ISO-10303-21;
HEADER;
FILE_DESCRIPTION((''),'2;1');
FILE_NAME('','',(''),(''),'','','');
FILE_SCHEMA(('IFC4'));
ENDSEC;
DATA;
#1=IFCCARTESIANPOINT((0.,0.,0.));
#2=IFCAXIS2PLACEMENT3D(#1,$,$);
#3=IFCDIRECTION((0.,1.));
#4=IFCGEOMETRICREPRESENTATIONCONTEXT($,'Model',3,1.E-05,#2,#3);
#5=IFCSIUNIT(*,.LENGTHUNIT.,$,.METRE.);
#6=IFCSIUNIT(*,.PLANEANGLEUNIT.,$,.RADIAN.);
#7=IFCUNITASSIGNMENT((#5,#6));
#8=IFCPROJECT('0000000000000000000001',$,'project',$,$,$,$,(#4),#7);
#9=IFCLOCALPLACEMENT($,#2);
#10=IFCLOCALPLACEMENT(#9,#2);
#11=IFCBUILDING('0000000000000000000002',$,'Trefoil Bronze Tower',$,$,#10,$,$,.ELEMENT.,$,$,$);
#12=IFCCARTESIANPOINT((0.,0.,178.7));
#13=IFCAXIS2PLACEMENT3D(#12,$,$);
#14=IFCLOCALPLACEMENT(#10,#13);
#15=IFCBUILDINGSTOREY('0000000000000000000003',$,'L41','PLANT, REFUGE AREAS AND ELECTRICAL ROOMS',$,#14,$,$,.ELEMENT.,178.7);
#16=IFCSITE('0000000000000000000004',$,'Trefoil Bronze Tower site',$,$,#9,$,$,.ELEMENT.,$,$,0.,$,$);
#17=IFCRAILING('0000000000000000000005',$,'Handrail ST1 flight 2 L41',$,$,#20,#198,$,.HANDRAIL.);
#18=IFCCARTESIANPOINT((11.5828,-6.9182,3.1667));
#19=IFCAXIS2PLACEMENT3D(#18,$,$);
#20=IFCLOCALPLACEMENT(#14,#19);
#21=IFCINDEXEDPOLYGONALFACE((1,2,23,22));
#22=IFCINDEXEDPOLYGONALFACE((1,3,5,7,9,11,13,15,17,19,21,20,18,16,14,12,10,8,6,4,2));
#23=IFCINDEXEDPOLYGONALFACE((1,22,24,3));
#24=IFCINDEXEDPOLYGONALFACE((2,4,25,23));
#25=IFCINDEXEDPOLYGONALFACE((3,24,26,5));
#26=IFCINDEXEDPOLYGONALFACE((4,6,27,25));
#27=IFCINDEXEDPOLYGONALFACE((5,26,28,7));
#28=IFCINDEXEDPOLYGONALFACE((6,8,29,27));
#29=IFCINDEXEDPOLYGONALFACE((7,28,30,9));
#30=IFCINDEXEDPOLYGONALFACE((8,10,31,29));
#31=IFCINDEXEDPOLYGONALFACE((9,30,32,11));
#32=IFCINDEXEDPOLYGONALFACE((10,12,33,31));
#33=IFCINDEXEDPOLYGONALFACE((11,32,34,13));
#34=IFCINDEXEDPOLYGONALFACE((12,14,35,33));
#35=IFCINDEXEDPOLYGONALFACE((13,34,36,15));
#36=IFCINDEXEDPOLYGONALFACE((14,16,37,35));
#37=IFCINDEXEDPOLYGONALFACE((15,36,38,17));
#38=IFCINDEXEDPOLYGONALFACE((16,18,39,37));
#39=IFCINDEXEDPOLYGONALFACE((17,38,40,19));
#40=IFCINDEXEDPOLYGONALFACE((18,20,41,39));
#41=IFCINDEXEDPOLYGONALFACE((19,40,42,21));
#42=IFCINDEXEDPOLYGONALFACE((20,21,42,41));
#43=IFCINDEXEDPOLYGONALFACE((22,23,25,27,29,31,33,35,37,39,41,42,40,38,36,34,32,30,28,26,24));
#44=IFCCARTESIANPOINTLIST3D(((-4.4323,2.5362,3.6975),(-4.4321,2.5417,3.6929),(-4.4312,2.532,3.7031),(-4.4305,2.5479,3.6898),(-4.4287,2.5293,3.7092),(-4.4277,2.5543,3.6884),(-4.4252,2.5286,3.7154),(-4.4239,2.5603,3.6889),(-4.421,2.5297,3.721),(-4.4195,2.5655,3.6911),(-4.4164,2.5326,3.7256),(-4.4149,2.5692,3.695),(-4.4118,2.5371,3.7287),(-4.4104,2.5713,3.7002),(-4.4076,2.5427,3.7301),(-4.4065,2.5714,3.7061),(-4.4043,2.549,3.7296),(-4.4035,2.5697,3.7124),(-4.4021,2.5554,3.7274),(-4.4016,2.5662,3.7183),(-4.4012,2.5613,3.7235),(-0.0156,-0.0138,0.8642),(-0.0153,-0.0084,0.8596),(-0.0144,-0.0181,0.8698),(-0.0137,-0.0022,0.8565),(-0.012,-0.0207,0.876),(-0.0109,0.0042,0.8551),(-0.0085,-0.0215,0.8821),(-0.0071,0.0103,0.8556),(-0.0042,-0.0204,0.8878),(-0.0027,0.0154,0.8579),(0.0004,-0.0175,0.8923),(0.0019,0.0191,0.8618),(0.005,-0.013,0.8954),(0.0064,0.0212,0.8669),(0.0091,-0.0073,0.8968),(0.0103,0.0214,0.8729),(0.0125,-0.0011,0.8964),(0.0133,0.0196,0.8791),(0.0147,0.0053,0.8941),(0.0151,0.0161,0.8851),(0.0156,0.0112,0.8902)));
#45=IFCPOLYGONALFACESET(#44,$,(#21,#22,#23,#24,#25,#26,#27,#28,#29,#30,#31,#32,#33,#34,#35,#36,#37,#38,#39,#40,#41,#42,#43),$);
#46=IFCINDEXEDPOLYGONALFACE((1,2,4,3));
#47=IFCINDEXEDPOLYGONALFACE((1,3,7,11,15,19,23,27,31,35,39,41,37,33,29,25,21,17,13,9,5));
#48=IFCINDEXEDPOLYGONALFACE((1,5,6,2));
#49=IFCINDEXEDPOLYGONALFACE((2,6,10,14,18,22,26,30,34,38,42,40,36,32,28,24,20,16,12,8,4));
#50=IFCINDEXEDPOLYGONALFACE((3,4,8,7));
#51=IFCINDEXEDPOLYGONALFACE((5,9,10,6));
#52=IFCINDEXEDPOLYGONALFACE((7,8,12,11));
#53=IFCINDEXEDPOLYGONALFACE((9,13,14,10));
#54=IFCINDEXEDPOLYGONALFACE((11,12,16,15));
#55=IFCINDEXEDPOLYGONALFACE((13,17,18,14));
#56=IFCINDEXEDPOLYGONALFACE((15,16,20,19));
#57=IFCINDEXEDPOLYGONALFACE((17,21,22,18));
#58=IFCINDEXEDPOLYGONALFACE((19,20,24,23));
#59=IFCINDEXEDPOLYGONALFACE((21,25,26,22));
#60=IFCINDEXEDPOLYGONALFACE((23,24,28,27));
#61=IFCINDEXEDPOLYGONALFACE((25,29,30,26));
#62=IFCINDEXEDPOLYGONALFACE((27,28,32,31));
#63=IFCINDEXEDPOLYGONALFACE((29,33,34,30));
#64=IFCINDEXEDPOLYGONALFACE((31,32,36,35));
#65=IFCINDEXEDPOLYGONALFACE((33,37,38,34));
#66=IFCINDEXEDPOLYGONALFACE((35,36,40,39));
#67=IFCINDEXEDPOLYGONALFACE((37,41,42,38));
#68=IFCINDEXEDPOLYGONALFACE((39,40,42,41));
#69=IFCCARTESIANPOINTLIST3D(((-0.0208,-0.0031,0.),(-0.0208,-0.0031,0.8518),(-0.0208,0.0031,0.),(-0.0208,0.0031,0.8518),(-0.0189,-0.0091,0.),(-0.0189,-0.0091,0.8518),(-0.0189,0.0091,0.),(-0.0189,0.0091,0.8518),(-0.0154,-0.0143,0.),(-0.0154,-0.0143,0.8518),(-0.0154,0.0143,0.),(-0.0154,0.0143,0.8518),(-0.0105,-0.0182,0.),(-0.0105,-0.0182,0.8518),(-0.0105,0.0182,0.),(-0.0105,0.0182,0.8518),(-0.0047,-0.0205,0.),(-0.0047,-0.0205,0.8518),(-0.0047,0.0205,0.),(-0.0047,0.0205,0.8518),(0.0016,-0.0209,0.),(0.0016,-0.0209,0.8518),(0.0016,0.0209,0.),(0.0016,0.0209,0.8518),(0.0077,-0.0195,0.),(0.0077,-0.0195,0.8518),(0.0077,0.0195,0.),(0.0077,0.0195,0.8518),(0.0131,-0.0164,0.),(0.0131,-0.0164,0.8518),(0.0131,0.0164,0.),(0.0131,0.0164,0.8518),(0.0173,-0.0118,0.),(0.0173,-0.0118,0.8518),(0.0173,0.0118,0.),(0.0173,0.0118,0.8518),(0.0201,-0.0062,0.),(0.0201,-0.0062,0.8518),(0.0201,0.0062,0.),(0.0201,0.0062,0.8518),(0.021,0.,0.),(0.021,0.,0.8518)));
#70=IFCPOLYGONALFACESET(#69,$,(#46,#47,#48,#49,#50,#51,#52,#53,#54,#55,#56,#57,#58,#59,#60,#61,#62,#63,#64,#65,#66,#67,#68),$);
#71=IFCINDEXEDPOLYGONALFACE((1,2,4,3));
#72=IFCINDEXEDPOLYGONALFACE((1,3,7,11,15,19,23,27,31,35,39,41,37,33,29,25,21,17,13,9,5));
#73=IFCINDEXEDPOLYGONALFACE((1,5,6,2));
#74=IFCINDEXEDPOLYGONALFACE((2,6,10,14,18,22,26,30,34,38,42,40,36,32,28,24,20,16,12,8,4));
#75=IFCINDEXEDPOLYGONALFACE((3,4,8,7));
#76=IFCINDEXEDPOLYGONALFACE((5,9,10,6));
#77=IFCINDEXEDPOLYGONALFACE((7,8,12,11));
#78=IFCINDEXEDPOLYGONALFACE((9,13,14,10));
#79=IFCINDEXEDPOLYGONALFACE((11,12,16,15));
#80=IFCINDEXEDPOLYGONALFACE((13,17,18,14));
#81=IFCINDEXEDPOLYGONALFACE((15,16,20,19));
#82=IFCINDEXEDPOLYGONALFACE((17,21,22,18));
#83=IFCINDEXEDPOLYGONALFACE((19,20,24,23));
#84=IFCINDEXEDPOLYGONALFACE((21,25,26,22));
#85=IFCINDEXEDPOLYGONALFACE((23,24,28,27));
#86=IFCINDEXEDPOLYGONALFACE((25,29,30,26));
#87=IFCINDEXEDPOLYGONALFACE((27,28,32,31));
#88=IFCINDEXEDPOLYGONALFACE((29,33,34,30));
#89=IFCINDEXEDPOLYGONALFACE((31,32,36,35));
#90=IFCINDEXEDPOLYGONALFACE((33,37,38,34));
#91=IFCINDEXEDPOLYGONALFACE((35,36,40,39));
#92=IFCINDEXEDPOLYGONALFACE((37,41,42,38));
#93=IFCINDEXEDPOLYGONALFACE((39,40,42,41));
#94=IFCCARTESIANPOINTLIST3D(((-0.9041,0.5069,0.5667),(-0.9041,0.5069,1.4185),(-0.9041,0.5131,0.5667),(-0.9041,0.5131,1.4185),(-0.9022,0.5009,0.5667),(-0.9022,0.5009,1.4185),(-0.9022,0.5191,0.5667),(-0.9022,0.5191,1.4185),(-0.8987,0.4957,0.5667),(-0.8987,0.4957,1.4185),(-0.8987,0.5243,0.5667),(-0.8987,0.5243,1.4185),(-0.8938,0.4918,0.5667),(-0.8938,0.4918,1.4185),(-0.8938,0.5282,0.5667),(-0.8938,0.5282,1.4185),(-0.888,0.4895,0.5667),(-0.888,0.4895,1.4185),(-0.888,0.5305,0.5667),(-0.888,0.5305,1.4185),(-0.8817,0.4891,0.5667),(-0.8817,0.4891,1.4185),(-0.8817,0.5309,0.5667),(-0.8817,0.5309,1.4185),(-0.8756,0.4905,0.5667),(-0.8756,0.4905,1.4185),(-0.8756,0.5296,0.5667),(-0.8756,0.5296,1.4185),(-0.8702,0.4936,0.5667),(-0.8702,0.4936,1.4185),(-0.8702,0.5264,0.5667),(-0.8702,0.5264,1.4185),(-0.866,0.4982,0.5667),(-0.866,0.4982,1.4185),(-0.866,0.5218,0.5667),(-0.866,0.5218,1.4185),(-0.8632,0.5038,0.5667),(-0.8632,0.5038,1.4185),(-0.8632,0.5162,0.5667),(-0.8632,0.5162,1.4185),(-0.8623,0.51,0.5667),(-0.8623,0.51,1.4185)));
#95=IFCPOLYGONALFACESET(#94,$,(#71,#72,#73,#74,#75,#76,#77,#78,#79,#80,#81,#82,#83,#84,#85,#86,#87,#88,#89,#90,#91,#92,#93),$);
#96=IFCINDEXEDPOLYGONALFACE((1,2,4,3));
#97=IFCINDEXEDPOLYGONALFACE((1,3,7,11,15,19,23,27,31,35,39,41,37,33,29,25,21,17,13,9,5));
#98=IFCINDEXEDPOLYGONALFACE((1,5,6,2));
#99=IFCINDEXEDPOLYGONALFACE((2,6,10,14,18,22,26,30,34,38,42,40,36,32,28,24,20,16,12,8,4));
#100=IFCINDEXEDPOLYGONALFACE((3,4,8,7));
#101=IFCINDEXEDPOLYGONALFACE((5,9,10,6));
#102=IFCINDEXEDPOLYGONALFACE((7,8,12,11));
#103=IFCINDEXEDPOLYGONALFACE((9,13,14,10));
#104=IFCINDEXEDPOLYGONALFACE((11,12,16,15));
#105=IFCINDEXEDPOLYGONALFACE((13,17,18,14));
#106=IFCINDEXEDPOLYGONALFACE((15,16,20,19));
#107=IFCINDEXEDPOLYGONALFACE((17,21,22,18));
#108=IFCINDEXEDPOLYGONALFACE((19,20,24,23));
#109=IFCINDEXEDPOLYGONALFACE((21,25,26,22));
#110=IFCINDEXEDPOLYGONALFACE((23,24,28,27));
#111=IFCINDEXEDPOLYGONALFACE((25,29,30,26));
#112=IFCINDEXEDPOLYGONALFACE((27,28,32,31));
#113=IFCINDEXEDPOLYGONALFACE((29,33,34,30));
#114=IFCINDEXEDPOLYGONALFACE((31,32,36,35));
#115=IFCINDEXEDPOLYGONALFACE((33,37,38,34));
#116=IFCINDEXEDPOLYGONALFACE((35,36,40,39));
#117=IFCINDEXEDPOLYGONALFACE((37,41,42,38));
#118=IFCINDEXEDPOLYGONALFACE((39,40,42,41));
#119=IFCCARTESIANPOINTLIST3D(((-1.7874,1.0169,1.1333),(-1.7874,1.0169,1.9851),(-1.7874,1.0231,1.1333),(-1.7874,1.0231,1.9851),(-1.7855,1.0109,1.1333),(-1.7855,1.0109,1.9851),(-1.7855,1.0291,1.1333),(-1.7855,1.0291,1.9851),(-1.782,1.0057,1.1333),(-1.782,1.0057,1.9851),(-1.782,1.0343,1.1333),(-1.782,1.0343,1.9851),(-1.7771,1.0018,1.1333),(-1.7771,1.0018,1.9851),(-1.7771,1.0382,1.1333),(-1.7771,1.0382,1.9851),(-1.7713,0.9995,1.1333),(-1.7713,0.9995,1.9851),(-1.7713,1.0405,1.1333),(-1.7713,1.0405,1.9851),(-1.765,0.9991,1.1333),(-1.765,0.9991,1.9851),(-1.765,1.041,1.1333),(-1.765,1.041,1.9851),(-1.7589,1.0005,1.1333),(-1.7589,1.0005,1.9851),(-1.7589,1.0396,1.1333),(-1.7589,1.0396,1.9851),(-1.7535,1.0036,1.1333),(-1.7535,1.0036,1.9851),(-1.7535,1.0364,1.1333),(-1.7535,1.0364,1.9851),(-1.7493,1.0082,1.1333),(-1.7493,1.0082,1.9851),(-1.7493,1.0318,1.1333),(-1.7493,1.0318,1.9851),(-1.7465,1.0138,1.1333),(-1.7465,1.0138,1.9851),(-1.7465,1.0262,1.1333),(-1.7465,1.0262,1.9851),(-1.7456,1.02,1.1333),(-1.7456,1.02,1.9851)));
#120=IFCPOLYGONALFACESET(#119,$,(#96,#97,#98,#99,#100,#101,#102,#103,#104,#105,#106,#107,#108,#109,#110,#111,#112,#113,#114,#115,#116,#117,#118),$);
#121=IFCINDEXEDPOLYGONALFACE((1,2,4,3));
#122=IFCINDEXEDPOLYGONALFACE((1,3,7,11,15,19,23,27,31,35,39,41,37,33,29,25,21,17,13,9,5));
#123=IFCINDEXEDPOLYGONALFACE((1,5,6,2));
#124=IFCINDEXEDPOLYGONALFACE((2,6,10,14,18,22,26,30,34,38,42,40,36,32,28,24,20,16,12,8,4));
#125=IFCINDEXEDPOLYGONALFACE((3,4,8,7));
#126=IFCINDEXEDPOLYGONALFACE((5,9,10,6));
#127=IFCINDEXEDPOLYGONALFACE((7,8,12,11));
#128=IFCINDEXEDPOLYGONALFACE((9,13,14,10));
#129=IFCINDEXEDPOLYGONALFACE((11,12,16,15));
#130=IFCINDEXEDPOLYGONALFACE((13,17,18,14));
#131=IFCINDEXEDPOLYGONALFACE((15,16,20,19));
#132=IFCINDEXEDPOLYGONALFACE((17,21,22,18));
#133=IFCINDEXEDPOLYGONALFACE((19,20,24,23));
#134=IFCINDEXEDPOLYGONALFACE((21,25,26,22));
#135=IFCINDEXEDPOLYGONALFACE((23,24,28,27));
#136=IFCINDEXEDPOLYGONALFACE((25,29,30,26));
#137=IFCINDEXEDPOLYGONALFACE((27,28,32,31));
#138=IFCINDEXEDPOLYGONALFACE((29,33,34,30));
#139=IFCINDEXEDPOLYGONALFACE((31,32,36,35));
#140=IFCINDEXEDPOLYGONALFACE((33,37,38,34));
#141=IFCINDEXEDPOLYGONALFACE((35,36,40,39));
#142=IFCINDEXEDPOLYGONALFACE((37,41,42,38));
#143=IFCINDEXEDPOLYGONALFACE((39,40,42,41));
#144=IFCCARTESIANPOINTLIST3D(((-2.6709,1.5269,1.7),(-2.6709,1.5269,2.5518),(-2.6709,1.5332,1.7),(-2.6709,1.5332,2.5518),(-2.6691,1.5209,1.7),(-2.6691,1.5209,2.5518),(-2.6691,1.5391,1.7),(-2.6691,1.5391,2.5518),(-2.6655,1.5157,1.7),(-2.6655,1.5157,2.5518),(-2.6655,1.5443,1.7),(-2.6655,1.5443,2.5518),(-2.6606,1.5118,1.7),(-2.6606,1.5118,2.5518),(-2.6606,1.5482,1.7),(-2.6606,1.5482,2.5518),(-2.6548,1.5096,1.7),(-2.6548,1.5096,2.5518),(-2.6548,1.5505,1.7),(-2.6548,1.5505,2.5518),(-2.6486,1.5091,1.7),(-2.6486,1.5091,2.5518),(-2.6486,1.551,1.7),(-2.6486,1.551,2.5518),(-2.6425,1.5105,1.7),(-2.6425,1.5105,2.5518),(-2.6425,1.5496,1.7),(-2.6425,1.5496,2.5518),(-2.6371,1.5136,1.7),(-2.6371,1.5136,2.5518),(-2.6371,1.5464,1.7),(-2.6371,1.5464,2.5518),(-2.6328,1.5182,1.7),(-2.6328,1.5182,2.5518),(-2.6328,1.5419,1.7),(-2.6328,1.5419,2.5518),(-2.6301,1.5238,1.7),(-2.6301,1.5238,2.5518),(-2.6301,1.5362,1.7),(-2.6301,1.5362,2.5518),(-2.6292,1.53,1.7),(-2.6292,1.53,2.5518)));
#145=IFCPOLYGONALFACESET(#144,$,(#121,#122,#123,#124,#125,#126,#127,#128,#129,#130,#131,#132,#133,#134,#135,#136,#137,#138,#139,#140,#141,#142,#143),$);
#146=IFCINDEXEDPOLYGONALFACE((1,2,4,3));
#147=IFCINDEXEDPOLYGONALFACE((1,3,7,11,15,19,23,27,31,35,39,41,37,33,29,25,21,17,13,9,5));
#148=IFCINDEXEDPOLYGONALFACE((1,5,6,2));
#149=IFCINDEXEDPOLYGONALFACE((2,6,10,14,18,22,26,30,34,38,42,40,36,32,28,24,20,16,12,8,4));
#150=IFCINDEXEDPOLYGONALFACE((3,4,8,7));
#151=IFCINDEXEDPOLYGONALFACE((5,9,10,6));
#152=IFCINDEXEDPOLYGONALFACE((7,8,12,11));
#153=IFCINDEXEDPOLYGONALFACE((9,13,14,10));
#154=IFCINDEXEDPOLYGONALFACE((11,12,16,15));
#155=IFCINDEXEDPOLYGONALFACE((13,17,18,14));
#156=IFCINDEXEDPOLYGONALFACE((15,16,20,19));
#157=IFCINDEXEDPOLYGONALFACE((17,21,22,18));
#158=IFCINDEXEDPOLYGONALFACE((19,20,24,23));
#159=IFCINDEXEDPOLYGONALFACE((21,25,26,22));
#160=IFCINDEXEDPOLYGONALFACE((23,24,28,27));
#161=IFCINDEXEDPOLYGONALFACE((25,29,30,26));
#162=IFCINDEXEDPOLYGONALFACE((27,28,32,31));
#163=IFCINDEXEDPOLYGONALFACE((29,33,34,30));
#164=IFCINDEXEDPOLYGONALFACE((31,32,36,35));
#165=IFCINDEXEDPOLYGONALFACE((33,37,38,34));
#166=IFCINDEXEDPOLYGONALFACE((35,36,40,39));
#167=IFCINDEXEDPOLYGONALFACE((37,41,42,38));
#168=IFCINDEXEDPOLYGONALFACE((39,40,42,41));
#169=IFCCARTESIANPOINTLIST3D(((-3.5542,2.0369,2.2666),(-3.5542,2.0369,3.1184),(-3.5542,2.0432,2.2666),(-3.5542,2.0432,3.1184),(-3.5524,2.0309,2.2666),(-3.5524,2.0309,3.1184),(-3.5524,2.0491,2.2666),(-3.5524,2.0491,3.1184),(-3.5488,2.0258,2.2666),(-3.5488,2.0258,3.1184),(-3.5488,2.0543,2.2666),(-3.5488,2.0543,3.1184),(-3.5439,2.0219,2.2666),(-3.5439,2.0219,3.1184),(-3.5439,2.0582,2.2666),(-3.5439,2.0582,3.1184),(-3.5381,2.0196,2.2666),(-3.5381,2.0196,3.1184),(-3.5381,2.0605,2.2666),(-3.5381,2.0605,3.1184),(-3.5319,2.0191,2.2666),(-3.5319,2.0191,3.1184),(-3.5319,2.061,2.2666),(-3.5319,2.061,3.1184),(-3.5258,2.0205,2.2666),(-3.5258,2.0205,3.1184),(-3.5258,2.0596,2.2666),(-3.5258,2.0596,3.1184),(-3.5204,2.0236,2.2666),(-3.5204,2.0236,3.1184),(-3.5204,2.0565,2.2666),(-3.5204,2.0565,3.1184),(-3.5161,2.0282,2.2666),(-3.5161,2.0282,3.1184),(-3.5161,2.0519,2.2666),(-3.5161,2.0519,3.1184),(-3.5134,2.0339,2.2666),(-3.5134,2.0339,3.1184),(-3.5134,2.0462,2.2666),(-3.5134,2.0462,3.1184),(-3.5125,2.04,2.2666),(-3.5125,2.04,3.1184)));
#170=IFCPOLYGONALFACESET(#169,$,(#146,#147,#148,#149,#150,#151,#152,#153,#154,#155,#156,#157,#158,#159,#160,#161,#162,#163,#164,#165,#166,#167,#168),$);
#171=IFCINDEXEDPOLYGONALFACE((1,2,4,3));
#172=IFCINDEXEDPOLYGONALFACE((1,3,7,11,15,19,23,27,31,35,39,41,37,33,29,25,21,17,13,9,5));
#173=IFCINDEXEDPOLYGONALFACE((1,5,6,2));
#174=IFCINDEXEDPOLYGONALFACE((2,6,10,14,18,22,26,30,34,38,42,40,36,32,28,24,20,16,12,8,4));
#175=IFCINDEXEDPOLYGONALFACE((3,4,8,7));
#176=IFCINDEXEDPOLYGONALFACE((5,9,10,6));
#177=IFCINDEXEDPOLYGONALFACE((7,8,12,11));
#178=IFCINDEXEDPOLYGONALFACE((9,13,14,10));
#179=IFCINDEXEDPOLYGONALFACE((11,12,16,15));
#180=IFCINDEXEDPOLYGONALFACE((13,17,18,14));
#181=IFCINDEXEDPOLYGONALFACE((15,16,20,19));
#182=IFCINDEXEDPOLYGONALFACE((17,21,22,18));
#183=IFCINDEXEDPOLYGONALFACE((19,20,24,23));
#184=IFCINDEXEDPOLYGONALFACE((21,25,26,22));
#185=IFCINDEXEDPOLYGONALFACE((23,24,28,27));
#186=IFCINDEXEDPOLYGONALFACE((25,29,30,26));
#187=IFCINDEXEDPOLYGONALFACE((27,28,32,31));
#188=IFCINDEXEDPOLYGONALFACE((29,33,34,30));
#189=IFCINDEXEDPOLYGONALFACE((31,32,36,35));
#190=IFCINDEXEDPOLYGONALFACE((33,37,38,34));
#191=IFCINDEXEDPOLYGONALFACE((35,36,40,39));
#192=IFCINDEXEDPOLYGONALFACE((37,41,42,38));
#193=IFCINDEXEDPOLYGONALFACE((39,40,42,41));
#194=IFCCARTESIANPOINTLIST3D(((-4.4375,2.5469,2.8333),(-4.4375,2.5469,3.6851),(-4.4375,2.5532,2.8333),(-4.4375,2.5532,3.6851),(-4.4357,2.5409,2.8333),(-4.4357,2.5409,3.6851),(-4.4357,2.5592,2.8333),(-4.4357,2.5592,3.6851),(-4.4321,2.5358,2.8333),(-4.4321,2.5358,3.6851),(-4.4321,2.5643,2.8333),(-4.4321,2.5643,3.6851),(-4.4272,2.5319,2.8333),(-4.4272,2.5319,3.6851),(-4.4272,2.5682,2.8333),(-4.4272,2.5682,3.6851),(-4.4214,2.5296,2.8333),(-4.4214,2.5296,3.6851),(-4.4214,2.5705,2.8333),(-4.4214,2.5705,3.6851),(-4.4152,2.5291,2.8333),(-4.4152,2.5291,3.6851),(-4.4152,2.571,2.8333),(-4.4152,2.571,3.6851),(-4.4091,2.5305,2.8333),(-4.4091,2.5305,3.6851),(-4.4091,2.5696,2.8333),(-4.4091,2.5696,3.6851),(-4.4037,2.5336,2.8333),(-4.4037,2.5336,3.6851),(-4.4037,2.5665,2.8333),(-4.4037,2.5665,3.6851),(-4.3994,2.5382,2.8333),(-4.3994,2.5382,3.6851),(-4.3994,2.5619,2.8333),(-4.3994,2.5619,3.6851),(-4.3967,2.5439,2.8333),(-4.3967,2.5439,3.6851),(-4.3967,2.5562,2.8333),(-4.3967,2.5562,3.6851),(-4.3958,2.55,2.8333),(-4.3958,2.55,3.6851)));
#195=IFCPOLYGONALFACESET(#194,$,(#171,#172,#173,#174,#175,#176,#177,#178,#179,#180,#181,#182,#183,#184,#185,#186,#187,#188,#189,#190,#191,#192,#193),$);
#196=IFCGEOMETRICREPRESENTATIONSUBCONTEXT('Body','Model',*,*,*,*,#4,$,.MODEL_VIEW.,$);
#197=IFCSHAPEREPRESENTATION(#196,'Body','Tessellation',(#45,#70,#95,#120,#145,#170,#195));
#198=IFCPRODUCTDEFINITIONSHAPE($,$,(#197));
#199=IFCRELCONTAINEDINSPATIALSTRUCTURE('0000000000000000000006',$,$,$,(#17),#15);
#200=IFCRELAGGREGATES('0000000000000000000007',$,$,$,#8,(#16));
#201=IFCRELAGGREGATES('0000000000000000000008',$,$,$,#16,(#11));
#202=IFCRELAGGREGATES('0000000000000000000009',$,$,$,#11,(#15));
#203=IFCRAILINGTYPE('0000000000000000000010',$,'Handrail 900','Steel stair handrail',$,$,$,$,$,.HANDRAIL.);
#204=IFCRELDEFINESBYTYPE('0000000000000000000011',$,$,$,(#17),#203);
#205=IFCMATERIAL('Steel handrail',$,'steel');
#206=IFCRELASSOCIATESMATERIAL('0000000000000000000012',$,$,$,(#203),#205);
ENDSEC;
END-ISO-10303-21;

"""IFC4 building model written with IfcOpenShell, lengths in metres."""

from ifc_helpers import new_model, si_unit, direction, frame, origin, origin_2d, place, context, subcontext, project, spatial, circle, extrude, material, type_object, element, save


model = new_model("IFC4")

# Units and contexts
model_context = context("Model", 3, precision=1e-05, world=origin(), true_north=direction((0.0, 1.0)))
body_context = subcontext(model_context, "Body", "Model", "MODEL_VIEW")
ifc_project = project(units=[si_unit("LENGTHUNIT", "METRE"), si_unit("PLANEANGLEUNIT", "RADIAN")], contexts=[model_context])

# Site, building, storey
site_placement = place(None, origin())
site = spatial("IfcSite", under=ifc_project, at=site_placement, Name="Trefoil Bronze Tower site", CompositionType="ELEMENT", RefElevation=0.0)
building_placement = place(site_placement, origin())
building = spatial("IfcBuilding", under=site, at=building_placement, Name="Trefoil Bronze Tower", CompositionType="ELEMENT")
storey_placement = place(building_placement, frame((0.0, 0.0, 178.7)))
storey = spatial("IfcBuildingStorey", under=building, at=storey_placement, Name="L41", Description="PLANT, REFUGE AREAS AND ELECTRICAL ROOMS", CompositionType="ELEMENT", Elevation=178.7)

# Railing
ifc_material_1 = material(Name="Steel handrail", Category="steel")
railing_type = type_object("IfcRailingType", Name="Handrail 900", Description="Steel stair handrail", PredefinedType="HANDRAIL", material=ifc_material_1)
railing_1_placement = place(storey_placement, frame((11.5828, -6.9182, 3.1667)))
element("IfcRailing", 1, at=railing_1_placement, inside=storey, type_object=railing_type, Name="Handrail ST1 flight 2 L41", PredefinedType="HANDRAIL", context=body_context, shape_type="SweptSolid", body=[
    extrude(circle(Radius=0.0239, at=origin_2d()), frame((0.0, 0.0, 0.876), z_axis=(-0.757046, 0.437087, 0.485629), x_axis=(-0.500006, -0.866022, 0.0)), (0.0, 0.0, 1.0), 5.8342),
    extrude(circle(Radius=0.021, at=origin_2d()), origin(), (0.0, 0.0, 1.0), 0.8518),
    extrude(circle(Radius=0.021, at=origin_2d()), frame((-0.8833, 0.51, 0.5667)), (0.0, 0.0, 1.0), 0.8518),
    extrude(circle(Radius=0.021, at=origin_2d()), frame((-1.7666, 1.02, 1.1333)), (0.0, 0.0, 1.0), 0.8518),
    extrude(circle(Radius=0.021, at=origin_2d()), frame((-2.6501, 1.53, 1.7)), (0.0, 0.0, 1.0), 0.8518),
    extrude(circle(Radius=0.021, at=origin_2d()), frame((-3.5334, 2.04, 2.2666)), (0.0, 0.0, 1.0), 0.8518),
    extrude(circle(Radius=0.021, at=origin_2d()), frame((-4.4167, 2.55, 2.8333)), (0.0, 0.0, 1.0), 0.8518),
])

save(model, "model.ifc")
